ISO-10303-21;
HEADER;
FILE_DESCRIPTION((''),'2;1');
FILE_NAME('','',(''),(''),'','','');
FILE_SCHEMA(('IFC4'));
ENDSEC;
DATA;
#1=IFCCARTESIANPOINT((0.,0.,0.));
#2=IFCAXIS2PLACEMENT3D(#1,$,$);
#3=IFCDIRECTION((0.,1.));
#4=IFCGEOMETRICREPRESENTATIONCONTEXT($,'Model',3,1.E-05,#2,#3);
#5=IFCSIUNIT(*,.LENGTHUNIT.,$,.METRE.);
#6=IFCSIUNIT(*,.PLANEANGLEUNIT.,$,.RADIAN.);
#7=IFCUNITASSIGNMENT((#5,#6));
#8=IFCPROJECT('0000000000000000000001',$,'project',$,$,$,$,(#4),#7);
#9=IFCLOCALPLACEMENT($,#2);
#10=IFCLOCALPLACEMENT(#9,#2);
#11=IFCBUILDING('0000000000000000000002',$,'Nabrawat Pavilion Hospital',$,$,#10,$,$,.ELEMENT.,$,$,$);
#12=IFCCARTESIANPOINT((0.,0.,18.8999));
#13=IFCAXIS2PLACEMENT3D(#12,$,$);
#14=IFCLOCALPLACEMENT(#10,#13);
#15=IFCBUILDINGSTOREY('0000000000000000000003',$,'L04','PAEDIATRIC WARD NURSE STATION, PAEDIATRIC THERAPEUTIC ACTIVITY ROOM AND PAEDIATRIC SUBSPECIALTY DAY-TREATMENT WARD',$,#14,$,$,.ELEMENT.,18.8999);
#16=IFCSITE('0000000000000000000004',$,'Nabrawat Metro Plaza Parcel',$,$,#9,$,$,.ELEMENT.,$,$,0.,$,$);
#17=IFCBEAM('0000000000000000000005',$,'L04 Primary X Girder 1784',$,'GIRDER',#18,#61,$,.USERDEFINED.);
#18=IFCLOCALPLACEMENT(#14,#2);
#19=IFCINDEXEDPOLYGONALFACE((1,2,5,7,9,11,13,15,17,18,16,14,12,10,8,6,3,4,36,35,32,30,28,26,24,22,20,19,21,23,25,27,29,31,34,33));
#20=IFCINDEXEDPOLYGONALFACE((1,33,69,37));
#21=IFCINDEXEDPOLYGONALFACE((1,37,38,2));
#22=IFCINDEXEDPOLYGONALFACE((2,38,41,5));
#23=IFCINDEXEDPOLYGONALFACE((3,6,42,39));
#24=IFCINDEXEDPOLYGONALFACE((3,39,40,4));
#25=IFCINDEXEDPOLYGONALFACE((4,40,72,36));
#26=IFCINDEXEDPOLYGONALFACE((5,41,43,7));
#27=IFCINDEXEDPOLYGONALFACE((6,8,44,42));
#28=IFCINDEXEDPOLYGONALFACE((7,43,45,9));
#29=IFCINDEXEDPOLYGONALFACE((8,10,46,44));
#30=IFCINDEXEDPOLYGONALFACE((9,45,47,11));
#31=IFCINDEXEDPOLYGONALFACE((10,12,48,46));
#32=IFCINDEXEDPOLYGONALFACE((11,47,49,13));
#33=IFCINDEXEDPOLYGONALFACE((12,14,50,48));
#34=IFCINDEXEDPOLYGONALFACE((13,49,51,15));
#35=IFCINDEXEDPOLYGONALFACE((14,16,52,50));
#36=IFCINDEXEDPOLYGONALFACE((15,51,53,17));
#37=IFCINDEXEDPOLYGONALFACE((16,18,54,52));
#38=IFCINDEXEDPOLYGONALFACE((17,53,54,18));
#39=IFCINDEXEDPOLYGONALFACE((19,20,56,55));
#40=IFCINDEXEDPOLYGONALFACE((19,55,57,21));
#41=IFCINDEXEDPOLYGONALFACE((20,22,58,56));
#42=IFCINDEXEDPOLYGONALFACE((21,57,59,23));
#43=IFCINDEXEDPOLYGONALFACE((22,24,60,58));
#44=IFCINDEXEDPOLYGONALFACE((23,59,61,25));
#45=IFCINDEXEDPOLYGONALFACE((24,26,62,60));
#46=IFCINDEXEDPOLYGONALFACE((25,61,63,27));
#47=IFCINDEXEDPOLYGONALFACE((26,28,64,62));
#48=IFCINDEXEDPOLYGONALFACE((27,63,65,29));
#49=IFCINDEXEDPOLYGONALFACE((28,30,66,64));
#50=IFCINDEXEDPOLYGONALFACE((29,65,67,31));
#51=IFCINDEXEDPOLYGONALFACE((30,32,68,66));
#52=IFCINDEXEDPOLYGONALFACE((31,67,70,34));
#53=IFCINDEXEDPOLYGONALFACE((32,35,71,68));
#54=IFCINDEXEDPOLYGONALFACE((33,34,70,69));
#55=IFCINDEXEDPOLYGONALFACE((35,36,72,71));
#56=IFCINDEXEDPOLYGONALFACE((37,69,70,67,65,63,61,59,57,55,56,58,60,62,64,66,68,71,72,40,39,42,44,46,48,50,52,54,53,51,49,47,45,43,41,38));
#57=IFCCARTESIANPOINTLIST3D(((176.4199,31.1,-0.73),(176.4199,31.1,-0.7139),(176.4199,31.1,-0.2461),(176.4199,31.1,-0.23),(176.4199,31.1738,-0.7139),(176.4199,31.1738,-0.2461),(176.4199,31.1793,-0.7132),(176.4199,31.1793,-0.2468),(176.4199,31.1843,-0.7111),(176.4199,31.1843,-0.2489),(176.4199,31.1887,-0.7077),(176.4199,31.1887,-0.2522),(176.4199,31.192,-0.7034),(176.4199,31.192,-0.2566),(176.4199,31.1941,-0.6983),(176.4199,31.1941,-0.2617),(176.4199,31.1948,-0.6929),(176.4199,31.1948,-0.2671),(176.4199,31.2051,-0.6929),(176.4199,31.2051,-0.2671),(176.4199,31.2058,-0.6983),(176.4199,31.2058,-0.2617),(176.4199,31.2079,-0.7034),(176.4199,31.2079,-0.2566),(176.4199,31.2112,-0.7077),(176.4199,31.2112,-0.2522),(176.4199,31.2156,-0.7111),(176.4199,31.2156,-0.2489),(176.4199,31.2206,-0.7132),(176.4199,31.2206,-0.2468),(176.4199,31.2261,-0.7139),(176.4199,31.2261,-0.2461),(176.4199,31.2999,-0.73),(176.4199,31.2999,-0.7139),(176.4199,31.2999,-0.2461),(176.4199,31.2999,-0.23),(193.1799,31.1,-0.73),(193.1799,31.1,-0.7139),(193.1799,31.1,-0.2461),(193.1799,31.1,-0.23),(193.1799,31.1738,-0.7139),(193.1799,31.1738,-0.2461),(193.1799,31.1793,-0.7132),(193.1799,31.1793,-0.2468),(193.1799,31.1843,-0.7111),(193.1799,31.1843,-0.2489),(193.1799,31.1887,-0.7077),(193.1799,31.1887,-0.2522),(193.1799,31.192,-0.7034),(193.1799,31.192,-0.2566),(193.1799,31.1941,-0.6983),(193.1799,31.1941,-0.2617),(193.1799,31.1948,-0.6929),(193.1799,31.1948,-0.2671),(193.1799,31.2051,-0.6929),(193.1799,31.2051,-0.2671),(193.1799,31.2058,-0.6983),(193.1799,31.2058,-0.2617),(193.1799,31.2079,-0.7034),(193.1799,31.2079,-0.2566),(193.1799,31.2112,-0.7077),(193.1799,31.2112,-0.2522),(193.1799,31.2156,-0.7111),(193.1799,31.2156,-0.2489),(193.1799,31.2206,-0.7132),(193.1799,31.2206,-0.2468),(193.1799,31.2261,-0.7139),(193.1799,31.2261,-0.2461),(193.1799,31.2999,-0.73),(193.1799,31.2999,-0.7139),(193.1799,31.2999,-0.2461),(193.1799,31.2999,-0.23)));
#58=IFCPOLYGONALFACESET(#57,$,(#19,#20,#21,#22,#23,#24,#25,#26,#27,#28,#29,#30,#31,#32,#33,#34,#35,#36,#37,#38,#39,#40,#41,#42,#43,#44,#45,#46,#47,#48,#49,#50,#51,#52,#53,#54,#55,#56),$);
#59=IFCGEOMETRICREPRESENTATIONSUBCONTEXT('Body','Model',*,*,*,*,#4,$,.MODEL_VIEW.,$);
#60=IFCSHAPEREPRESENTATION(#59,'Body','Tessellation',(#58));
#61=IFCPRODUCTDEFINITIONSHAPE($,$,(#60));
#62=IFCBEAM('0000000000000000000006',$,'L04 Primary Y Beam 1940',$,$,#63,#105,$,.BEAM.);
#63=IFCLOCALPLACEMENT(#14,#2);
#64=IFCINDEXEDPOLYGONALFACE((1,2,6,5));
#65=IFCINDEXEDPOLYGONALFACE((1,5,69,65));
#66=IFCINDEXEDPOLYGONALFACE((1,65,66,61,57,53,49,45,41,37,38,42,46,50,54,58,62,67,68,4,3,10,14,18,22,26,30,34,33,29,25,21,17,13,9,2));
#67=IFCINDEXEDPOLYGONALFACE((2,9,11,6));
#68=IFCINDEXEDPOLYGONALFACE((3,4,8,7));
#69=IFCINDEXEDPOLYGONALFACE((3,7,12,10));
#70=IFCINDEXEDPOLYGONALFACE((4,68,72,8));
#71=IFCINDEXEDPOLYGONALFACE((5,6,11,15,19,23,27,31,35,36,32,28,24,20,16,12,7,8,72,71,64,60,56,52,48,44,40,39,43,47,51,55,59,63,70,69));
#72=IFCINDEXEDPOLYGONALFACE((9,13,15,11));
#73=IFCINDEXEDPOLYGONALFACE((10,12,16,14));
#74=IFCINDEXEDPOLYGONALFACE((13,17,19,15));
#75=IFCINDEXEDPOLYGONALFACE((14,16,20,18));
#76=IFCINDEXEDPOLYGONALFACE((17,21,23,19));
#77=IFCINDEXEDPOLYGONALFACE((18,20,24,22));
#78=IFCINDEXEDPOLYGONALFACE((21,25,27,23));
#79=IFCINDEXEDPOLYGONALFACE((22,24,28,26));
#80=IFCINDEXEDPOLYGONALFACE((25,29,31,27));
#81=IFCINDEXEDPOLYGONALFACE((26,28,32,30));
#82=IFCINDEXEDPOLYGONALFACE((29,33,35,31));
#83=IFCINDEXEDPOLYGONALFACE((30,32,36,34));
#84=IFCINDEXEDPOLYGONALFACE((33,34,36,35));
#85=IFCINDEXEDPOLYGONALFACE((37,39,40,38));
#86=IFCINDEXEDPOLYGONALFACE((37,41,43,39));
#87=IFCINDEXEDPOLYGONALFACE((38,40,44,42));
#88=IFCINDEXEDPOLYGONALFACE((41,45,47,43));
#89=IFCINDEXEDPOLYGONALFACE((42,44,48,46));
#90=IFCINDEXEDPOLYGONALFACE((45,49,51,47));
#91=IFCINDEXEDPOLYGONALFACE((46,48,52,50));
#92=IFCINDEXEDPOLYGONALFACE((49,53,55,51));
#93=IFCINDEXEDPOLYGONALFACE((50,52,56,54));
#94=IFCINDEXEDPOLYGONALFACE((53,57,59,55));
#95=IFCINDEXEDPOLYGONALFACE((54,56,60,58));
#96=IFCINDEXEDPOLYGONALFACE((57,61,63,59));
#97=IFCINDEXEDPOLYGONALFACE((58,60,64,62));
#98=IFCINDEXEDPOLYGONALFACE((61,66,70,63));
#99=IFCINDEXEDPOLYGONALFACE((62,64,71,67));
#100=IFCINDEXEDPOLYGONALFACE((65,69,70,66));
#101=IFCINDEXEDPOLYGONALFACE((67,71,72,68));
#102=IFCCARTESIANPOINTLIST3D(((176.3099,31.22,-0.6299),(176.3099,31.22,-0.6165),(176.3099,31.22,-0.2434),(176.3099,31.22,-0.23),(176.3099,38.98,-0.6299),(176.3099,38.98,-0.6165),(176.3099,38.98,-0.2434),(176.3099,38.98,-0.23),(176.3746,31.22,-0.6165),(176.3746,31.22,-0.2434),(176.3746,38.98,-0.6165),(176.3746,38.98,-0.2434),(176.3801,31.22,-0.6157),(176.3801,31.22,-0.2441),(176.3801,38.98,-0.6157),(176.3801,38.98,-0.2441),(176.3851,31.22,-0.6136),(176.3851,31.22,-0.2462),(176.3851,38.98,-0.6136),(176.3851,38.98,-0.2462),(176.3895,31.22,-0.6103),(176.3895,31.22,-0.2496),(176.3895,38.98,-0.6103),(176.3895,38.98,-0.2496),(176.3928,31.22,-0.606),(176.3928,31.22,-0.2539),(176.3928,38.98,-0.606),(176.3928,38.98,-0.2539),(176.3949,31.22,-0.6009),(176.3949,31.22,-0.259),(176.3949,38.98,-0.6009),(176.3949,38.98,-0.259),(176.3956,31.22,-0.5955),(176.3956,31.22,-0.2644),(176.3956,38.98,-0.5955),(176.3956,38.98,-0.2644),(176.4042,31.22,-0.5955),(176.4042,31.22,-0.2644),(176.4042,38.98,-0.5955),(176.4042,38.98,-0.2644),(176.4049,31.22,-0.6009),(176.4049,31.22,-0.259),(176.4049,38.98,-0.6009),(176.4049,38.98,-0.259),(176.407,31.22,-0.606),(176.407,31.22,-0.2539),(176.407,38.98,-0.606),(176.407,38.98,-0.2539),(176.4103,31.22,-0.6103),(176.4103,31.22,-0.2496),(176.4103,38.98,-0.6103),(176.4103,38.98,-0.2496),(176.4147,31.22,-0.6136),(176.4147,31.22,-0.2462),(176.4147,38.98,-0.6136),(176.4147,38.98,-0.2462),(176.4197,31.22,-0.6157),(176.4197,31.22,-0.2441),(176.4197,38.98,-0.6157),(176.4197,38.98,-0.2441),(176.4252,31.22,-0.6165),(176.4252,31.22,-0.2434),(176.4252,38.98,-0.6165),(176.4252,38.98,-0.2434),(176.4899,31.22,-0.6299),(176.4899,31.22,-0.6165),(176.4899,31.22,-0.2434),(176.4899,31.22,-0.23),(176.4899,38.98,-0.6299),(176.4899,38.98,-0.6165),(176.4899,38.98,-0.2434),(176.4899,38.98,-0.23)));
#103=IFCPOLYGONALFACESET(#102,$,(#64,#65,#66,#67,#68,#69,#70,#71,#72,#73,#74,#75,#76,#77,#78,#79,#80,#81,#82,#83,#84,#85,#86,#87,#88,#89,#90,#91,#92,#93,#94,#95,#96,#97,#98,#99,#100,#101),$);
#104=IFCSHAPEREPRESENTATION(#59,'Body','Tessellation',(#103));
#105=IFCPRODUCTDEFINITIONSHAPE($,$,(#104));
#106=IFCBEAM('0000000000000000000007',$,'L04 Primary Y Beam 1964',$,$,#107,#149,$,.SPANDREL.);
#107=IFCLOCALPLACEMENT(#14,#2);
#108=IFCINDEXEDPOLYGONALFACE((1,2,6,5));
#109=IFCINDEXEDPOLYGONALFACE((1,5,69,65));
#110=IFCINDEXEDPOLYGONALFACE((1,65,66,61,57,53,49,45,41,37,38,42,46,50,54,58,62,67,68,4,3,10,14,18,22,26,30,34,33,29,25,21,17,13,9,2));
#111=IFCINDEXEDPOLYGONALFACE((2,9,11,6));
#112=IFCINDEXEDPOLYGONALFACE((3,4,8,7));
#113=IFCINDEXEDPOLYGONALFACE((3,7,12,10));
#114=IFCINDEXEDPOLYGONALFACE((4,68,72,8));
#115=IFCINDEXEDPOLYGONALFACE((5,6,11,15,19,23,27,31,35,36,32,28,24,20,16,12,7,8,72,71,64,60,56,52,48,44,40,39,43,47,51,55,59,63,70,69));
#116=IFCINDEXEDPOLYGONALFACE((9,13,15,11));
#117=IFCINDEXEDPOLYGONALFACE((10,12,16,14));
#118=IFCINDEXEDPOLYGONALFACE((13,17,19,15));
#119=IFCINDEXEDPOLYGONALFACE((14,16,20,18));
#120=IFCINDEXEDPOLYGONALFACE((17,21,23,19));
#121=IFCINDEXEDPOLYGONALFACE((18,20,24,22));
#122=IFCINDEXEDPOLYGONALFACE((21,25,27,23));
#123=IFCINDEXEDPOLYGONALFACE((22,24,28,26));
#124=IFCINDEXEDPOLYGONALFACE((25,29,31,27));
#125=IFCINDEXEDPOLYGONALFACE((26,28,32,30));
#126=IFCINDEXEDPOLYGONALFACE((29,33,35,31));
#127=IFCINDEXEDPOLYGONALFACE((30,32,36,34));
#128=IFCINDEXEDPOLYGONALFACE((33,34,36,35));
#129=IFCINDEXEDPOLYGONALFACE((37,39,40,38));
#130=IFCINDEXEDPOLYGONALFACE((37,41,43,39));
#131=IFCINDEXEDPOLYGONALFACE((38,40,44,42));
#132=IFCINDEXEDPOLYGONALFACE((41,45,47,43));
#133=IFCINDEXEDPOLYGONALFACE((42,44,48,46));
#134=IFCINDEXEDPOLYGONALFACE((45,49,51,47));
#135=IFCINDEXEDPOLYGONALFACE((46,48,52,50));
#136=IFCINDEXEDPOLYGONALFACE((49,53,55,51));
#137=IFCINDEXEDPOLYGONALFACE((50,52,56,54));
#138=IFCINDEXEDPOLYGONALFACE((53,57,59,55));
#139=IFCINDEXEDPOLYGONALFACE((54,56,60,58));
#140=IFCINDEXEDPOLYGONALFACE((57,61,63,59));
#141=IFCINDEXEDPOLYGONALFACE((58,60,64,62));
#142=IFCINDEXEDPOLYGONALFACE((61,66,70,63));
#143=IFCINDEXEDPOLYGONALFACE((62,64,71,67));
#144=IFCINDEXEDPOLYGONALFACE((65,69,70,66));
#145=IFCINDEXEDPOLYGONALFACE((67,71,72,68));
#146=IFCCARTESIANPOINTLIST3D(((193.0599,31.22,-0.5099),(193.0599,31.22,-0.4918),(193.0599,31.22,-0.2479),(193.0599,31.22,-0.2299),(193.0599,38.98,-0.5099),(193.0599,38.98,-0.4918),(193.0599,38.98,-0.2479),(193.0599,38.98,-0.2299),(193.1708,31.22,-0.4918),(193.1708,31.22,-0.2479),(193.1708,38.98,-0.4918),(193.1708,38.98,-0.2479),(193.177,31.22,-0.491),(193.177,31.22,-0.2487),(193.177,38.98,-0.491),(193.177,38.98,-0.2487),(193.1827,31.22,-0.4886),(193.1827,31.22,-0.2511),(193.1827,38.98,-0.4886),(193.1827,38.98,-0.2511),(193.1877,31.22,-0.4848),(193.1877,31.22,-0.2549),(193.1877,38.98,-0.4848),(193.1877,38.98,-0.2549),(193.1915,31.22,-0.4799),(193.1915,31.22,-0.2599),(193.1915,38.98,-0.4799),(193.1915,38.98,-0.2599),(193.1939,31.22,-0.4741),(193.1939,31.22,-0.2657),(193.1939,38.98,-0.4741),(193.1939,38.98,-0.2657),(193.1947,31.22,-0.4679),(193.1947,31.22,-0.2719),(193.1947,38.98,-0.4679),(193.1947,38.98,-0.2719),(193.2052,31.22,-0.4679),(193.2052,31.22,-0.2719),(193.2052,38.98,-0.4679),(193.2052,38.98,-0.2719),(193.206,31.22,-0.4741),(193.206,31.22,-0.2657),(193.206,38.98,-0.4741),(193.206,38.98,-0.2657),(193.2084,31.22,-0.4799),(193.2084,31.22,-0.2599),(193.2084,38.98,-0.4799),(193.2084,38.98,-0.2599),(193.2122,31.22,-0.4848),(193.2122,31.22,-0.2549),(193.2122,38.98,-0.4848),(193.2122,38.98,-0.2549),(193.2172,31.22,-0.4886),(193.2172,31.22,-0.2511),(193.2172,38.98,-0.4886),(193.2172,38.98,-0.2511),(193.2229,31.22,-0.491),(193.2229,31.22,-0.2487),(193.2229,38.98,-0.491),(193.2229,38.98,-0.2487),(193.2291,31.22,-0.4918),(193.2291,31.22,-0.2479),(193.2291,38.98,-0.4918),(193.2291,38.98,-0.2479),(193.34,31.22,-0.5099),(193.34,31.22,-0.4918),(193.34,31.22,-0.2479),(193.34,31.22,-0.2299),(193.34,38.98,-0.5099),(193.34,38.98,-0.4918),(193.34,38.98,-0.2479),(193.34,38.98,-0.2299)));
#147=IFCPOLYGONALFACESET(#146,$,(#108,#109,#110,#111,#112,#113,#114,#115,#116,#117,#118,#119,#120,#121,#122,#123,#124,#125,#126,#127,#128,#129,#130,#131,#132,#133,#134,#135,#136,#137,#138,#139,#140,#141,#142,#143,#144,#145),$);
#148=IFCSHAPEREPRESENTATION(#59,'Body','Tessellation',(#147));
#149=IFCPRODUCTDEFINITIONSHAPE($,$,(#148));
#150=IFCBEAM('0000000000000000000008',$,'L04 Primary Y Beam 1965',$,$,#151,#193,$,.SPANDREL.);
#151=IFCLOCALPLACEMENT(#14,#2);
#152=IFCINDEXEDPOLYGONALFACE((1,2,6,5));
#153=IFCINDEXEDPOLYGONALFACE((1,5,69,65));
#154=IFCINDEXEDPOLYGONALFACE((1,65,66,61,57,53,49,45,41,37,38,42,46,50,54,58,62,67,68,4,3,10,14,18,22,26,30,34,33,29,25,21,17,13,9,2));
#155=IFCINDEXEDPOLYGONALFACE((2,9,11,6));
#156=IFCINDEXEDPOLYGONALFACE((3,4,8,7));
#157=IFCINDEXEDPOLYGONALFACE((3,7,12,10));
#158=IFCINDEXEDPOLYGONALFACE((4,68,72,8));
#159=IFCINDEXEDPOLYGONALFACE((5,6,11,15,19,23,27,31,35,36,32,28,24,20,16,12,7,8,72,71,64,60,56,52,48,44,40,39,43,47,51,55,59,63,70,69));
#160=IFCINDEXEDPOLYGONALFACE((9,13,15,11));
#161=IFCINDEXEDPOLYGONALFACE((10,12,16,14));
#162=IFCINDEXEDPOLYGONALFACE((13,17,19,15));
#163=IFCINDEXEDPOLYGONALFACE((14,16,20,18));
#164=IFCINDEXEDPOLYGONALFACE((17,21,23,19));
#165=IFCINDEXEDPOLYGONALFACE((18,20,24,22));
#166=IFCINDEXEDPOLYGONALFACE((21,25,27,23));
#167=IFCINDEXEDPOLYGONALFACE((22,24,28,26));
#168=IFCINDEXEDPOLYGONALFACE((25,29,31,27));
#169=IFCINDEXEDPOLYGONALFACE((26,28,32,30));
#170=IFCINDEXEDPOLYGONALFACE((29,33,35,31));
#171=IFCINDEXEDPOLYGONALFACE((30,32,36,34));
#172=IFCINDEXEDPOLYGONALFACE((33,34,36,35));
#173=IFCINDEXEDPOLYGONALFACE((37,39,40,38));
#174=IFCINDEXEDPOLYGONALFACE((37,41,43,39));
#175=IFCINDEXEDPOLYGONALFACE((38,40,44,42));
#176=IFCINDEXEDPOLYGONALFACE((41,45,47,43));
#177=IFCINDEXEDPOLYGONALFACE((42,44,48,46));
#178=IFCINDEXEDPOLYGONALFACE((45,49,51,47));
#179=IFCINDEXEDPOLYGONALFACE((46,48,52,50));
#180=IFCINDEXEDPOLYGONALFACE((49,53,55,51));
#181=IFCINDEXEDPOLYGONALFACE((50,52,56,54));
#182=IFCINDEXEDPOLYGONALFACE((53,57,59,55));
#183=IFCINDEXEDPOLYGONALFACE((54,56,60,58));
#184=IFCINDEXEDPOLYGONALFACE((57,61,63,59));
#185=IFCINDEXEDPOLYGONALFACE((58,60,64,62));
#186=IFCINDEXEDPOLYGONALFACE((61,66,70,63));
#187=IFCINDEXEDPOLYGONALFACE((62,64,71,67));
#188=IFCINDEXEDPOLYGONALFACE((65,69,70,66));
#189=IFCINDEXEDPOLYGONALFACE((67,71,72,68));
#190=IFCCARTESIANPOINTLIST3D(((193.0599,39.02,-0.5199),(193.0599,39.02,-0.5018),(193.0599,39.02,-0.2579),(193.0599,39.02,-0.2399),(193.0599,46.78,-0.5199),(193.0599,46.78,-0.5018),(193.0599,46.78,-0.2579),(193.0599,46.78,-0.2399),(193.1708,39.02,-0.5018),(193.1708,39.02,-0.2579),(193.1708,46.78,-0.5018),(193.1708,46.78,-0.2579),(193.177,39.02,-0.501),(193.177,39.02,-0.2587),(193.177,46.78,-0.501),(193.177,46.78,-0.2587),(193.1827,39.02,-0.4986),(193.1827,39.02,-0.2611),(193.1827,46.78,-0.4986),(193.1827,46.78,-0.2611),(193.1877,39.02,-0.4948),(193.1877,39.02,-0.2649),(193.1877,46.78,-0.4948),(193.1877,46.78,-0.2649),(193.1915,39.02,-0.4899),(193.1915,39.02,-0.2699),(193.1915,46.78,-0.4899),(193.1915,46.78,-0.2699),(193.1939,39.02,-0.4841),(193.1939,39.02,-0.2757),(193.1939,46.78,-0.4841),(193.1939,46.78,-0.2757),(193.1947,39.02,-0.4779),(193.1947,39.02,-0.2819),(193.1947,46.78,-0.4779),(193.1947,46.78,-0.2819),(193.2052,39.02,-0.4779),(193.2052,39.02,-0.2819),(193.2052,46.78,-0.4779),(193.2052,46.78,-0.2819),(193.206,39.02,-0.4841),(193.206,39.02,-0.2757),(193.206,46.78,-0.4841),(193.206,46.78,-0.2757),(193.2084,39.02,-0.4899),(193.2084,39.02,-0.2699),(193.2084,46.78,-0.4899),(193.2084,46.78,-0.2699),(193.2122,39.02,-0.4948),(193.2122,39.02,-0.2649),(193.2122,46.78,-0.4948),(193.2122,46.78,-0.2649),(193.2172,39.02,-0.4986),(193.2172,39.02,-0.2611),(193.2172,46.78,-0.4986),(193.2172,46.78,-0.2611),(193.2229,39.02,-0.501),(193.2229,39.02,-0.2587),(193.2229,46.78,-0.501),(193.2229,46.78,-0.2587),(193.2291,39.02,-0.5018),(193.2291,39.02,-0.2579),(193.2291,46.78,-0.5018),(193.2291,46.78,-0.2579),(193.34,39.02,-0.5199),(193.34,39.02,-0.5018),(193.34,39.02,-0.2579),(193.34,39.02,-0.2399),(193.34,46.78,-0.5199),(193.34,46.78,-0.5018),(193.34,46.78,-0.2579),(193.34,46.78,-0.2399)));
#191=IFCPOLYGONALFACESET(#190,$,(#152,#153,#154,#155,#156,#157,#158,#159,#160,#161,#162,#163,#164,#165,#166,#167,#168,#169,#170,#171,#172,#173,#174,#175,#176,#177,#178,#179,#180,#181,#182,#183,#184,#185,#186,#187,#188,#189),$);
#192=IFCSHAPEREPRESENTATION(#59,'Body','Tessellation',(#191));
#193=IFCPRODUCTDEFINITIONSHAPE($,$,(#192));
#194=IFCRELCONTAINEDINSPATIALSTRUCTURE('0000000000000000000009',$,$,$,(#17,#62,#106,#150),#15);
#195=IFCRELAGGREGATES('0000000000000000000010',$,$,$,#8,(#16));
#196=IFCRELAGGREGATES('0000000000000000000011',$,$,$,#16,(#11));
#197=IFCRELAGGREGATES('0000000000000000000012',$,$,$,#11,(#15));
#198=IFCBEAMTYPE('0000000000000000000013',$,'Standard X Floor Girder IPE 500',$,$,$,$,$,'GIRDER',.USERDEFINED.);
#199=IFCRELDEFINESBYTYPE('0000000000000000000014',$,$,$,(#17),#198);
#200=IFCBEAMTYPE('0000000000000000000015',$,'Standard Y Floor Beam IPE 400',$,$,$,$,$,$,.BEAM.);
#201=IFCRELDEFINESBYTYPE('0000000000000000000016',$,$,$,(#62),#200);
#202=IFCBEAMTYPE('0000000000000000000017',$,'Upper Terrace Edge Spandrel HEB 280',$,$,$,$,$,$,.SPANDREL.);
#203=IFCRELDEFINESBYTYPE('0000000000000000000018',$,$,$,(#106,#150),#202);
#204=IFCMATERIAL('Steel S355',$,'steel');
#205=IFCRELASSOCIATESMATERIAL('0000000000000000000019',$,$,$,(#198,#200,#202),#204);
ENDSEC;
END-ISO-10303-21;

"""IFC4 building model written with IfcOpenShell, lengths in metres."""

from ifc_helpers import new_model, si_unit, direction, frame, origin, origin_2d, place, context, subcontext, project, spatial, i_section, extrude, material, material_profile, profile_set, type_object, element, save


model = new_model("IFC4")

# Units and contexts
model_context = context("Model", 3, precision=1e-05, world=origin(), true_north=direction((0.0, 1.0)))
body_context = subcontext(model_context, "Body", "Model", "MODEL_VIEW")
ifc_project = project(units=[si_unit("LENGTHUNIT", "METRE"), si_unit("PLANEANGLEUNIT", "RADIAN")], contexts=[model_context])

# Site, building, storey
site_placement = place(None, origin())
site = spatial("IfcSite", under=ifc_project, at=site_placement, Name="Nabrawat Metro Plaza Parcel", CompositionType="ELEMENT", RefElevation=0.0)
building_placement = place(site_placement, origin())
building = spatial("IfcBuilding", under=site, at=building_placement, Name="Nabrawat Pavilion Hospital", CompositionType="ELEMENT")
storey_placement = place(building_placement, frame((0.0, 0.0, 18.8999)))
storey = spatial("IfcBuildingStorey", under=building, at=storey_placement, Name="L04", Description="PAEDIATRIC WARD NURSE STATION, PAEDIATRIC THERAPEUTIC ACTIVITY ROOM AND PAEDIATRIC SUBSPECIALTY DAY-TREATMENT WARD", CompositionType="ELEMENT", Elevation=18.8999)

# Shared definitions
ifc_material_1 = material(Name="Steel S355", Category="steel")

# Beams
ifc_material_profile_1 = material_profile(ifc_material_1, i_section(OverallWidth=0.2, OverallDepth=0.5, WebThickness=0.0103, FlangeThickness=0.0161, FilletRadius=0.021, at=origin_2d()), Name="IPE 500")
ifc_profile_set_1 = profile_set([ifc_material_profile_1], Name="Steel S355")
beam_type_1 = type_object("IfcBeamType", Name="Standard X Floor Girder IPE 500", ElementType="GIRDER", PredefinedType="USERDEFINED", material=ifc_profile_set_1)
beam_1_placement = place(storey_placement, frame((176.4199, 31.2, -0.48), z_axis=(1.0, 0.0, 0.0), x_axis=(0.0, 1.0, 0.0)))
element("IfcBeam", 1, at=beam_1_placement, inside=storey, type_object=beam_type_1, Name="L04 Primary X Girder 1784", ObjectType="GIRDER", PredefinedType="USERDEFINED", context=body_context, shape_type="SweptSolid", body=[
    extrude(i_section(OverallWidth=0.2, OverallDepth=0.5, WebThickness=0.0103, FlangeThickness=0.0161, FilletRadius=0.021, at=origin_2d()), origin(), (0.0, 0.0, 1.0), 16.76),
])
ifc_material_profile_2 = material_profile(ifc_material_1, i_section(OverallWidth=0.1799, OverallDepth=0.3999, WebThickness=0.0085, FlangeThickness=0.0134, FilletRadius=0.021, at=origin_2d()), Name="IPE 400")
ifc_profile_set_2 = profile_set([ifc_material_profile_2], Name="Steel S355")
beam_type_2 = type_object("IfcBeamType", Name="Standard Y Floor Beam IPE 400", PredefinedType="BEAM", material=ifc_profile_set_2)
beam_2_placement = place(storey_placement, frame((176.3999, 31.22, -0.4299), z_axis=(0.0, 1.0, 0.0), x_axis=(-1.0, 0.0, 0.0)))
element("IfcBeam", 2, at=beam_2_placement, inside=storey, type_object=beam_type_2, Name="L04 Primary Y Beam 1940", PredefinedType="BEAM", context=body_context, shape_type="SweptSolid", body=[
    extrude(i_section(OverallWidth=0.1799, OverallDepth=0.3999, WebThickness=0.0085, FlangeThickness=0.0134, FilletRadius=0.021, at=origin_2d()), origin(), (0.0, 0.0, 1.0), 7.76),
])
ifc_material_profile_3 = material_profile(ifc_material_1, i_section(OverallWidth=0.28, OverallDepth=0.28, WebThickness=0.0105, FlangeThickness=0.0181, FilletRadius=0.0239, at=origin_2d()), Name="HEB 280")
ifc_profile_set_3 = profile_set([ifc_material_profile_3], Name="Steel S355")
beam_type_3 = type_object("IfcBeamType", Name="Upper Terrace Edge Spandrel HEB 280", PredefinedType="SPANDREL", material=ifc_profile_set_3)
for number, where, z_axis, x_axis, name in (
    (3, (193.2, 31.22, -0.3699), (0.0, 1.0, 0.0), (-1.0, 0.0, 0.0), "L04 Primary Y Beam 1964"),
    (4, (193.2, 39.02, -0.3799), (0.0, 1.0, 0.0), (-1.0, 0.0, 0.0), "L04 Primary Y Beam 1965"),
):
    element("IfcBeam", number, at=place(storey_placement, frame(where, z_axis=z_axis, x_axis=x_axis)), inside=storey, type_object=beam_type_3, Name=name, PredefinedType="SPANDREL", context=body_context, shape_type="SweptSolid", body=[
        extrude(i_section(OverallWidth=0.28, OverallDepth=0.28, WebThickness=0.0105, FlangeThickness=0.0181, FilletRadius=0.0239, at=origin_2d()), origin(), (0.0, 0.0, 1.0), 7.76),
    ])

save(model, "model.ifc")
